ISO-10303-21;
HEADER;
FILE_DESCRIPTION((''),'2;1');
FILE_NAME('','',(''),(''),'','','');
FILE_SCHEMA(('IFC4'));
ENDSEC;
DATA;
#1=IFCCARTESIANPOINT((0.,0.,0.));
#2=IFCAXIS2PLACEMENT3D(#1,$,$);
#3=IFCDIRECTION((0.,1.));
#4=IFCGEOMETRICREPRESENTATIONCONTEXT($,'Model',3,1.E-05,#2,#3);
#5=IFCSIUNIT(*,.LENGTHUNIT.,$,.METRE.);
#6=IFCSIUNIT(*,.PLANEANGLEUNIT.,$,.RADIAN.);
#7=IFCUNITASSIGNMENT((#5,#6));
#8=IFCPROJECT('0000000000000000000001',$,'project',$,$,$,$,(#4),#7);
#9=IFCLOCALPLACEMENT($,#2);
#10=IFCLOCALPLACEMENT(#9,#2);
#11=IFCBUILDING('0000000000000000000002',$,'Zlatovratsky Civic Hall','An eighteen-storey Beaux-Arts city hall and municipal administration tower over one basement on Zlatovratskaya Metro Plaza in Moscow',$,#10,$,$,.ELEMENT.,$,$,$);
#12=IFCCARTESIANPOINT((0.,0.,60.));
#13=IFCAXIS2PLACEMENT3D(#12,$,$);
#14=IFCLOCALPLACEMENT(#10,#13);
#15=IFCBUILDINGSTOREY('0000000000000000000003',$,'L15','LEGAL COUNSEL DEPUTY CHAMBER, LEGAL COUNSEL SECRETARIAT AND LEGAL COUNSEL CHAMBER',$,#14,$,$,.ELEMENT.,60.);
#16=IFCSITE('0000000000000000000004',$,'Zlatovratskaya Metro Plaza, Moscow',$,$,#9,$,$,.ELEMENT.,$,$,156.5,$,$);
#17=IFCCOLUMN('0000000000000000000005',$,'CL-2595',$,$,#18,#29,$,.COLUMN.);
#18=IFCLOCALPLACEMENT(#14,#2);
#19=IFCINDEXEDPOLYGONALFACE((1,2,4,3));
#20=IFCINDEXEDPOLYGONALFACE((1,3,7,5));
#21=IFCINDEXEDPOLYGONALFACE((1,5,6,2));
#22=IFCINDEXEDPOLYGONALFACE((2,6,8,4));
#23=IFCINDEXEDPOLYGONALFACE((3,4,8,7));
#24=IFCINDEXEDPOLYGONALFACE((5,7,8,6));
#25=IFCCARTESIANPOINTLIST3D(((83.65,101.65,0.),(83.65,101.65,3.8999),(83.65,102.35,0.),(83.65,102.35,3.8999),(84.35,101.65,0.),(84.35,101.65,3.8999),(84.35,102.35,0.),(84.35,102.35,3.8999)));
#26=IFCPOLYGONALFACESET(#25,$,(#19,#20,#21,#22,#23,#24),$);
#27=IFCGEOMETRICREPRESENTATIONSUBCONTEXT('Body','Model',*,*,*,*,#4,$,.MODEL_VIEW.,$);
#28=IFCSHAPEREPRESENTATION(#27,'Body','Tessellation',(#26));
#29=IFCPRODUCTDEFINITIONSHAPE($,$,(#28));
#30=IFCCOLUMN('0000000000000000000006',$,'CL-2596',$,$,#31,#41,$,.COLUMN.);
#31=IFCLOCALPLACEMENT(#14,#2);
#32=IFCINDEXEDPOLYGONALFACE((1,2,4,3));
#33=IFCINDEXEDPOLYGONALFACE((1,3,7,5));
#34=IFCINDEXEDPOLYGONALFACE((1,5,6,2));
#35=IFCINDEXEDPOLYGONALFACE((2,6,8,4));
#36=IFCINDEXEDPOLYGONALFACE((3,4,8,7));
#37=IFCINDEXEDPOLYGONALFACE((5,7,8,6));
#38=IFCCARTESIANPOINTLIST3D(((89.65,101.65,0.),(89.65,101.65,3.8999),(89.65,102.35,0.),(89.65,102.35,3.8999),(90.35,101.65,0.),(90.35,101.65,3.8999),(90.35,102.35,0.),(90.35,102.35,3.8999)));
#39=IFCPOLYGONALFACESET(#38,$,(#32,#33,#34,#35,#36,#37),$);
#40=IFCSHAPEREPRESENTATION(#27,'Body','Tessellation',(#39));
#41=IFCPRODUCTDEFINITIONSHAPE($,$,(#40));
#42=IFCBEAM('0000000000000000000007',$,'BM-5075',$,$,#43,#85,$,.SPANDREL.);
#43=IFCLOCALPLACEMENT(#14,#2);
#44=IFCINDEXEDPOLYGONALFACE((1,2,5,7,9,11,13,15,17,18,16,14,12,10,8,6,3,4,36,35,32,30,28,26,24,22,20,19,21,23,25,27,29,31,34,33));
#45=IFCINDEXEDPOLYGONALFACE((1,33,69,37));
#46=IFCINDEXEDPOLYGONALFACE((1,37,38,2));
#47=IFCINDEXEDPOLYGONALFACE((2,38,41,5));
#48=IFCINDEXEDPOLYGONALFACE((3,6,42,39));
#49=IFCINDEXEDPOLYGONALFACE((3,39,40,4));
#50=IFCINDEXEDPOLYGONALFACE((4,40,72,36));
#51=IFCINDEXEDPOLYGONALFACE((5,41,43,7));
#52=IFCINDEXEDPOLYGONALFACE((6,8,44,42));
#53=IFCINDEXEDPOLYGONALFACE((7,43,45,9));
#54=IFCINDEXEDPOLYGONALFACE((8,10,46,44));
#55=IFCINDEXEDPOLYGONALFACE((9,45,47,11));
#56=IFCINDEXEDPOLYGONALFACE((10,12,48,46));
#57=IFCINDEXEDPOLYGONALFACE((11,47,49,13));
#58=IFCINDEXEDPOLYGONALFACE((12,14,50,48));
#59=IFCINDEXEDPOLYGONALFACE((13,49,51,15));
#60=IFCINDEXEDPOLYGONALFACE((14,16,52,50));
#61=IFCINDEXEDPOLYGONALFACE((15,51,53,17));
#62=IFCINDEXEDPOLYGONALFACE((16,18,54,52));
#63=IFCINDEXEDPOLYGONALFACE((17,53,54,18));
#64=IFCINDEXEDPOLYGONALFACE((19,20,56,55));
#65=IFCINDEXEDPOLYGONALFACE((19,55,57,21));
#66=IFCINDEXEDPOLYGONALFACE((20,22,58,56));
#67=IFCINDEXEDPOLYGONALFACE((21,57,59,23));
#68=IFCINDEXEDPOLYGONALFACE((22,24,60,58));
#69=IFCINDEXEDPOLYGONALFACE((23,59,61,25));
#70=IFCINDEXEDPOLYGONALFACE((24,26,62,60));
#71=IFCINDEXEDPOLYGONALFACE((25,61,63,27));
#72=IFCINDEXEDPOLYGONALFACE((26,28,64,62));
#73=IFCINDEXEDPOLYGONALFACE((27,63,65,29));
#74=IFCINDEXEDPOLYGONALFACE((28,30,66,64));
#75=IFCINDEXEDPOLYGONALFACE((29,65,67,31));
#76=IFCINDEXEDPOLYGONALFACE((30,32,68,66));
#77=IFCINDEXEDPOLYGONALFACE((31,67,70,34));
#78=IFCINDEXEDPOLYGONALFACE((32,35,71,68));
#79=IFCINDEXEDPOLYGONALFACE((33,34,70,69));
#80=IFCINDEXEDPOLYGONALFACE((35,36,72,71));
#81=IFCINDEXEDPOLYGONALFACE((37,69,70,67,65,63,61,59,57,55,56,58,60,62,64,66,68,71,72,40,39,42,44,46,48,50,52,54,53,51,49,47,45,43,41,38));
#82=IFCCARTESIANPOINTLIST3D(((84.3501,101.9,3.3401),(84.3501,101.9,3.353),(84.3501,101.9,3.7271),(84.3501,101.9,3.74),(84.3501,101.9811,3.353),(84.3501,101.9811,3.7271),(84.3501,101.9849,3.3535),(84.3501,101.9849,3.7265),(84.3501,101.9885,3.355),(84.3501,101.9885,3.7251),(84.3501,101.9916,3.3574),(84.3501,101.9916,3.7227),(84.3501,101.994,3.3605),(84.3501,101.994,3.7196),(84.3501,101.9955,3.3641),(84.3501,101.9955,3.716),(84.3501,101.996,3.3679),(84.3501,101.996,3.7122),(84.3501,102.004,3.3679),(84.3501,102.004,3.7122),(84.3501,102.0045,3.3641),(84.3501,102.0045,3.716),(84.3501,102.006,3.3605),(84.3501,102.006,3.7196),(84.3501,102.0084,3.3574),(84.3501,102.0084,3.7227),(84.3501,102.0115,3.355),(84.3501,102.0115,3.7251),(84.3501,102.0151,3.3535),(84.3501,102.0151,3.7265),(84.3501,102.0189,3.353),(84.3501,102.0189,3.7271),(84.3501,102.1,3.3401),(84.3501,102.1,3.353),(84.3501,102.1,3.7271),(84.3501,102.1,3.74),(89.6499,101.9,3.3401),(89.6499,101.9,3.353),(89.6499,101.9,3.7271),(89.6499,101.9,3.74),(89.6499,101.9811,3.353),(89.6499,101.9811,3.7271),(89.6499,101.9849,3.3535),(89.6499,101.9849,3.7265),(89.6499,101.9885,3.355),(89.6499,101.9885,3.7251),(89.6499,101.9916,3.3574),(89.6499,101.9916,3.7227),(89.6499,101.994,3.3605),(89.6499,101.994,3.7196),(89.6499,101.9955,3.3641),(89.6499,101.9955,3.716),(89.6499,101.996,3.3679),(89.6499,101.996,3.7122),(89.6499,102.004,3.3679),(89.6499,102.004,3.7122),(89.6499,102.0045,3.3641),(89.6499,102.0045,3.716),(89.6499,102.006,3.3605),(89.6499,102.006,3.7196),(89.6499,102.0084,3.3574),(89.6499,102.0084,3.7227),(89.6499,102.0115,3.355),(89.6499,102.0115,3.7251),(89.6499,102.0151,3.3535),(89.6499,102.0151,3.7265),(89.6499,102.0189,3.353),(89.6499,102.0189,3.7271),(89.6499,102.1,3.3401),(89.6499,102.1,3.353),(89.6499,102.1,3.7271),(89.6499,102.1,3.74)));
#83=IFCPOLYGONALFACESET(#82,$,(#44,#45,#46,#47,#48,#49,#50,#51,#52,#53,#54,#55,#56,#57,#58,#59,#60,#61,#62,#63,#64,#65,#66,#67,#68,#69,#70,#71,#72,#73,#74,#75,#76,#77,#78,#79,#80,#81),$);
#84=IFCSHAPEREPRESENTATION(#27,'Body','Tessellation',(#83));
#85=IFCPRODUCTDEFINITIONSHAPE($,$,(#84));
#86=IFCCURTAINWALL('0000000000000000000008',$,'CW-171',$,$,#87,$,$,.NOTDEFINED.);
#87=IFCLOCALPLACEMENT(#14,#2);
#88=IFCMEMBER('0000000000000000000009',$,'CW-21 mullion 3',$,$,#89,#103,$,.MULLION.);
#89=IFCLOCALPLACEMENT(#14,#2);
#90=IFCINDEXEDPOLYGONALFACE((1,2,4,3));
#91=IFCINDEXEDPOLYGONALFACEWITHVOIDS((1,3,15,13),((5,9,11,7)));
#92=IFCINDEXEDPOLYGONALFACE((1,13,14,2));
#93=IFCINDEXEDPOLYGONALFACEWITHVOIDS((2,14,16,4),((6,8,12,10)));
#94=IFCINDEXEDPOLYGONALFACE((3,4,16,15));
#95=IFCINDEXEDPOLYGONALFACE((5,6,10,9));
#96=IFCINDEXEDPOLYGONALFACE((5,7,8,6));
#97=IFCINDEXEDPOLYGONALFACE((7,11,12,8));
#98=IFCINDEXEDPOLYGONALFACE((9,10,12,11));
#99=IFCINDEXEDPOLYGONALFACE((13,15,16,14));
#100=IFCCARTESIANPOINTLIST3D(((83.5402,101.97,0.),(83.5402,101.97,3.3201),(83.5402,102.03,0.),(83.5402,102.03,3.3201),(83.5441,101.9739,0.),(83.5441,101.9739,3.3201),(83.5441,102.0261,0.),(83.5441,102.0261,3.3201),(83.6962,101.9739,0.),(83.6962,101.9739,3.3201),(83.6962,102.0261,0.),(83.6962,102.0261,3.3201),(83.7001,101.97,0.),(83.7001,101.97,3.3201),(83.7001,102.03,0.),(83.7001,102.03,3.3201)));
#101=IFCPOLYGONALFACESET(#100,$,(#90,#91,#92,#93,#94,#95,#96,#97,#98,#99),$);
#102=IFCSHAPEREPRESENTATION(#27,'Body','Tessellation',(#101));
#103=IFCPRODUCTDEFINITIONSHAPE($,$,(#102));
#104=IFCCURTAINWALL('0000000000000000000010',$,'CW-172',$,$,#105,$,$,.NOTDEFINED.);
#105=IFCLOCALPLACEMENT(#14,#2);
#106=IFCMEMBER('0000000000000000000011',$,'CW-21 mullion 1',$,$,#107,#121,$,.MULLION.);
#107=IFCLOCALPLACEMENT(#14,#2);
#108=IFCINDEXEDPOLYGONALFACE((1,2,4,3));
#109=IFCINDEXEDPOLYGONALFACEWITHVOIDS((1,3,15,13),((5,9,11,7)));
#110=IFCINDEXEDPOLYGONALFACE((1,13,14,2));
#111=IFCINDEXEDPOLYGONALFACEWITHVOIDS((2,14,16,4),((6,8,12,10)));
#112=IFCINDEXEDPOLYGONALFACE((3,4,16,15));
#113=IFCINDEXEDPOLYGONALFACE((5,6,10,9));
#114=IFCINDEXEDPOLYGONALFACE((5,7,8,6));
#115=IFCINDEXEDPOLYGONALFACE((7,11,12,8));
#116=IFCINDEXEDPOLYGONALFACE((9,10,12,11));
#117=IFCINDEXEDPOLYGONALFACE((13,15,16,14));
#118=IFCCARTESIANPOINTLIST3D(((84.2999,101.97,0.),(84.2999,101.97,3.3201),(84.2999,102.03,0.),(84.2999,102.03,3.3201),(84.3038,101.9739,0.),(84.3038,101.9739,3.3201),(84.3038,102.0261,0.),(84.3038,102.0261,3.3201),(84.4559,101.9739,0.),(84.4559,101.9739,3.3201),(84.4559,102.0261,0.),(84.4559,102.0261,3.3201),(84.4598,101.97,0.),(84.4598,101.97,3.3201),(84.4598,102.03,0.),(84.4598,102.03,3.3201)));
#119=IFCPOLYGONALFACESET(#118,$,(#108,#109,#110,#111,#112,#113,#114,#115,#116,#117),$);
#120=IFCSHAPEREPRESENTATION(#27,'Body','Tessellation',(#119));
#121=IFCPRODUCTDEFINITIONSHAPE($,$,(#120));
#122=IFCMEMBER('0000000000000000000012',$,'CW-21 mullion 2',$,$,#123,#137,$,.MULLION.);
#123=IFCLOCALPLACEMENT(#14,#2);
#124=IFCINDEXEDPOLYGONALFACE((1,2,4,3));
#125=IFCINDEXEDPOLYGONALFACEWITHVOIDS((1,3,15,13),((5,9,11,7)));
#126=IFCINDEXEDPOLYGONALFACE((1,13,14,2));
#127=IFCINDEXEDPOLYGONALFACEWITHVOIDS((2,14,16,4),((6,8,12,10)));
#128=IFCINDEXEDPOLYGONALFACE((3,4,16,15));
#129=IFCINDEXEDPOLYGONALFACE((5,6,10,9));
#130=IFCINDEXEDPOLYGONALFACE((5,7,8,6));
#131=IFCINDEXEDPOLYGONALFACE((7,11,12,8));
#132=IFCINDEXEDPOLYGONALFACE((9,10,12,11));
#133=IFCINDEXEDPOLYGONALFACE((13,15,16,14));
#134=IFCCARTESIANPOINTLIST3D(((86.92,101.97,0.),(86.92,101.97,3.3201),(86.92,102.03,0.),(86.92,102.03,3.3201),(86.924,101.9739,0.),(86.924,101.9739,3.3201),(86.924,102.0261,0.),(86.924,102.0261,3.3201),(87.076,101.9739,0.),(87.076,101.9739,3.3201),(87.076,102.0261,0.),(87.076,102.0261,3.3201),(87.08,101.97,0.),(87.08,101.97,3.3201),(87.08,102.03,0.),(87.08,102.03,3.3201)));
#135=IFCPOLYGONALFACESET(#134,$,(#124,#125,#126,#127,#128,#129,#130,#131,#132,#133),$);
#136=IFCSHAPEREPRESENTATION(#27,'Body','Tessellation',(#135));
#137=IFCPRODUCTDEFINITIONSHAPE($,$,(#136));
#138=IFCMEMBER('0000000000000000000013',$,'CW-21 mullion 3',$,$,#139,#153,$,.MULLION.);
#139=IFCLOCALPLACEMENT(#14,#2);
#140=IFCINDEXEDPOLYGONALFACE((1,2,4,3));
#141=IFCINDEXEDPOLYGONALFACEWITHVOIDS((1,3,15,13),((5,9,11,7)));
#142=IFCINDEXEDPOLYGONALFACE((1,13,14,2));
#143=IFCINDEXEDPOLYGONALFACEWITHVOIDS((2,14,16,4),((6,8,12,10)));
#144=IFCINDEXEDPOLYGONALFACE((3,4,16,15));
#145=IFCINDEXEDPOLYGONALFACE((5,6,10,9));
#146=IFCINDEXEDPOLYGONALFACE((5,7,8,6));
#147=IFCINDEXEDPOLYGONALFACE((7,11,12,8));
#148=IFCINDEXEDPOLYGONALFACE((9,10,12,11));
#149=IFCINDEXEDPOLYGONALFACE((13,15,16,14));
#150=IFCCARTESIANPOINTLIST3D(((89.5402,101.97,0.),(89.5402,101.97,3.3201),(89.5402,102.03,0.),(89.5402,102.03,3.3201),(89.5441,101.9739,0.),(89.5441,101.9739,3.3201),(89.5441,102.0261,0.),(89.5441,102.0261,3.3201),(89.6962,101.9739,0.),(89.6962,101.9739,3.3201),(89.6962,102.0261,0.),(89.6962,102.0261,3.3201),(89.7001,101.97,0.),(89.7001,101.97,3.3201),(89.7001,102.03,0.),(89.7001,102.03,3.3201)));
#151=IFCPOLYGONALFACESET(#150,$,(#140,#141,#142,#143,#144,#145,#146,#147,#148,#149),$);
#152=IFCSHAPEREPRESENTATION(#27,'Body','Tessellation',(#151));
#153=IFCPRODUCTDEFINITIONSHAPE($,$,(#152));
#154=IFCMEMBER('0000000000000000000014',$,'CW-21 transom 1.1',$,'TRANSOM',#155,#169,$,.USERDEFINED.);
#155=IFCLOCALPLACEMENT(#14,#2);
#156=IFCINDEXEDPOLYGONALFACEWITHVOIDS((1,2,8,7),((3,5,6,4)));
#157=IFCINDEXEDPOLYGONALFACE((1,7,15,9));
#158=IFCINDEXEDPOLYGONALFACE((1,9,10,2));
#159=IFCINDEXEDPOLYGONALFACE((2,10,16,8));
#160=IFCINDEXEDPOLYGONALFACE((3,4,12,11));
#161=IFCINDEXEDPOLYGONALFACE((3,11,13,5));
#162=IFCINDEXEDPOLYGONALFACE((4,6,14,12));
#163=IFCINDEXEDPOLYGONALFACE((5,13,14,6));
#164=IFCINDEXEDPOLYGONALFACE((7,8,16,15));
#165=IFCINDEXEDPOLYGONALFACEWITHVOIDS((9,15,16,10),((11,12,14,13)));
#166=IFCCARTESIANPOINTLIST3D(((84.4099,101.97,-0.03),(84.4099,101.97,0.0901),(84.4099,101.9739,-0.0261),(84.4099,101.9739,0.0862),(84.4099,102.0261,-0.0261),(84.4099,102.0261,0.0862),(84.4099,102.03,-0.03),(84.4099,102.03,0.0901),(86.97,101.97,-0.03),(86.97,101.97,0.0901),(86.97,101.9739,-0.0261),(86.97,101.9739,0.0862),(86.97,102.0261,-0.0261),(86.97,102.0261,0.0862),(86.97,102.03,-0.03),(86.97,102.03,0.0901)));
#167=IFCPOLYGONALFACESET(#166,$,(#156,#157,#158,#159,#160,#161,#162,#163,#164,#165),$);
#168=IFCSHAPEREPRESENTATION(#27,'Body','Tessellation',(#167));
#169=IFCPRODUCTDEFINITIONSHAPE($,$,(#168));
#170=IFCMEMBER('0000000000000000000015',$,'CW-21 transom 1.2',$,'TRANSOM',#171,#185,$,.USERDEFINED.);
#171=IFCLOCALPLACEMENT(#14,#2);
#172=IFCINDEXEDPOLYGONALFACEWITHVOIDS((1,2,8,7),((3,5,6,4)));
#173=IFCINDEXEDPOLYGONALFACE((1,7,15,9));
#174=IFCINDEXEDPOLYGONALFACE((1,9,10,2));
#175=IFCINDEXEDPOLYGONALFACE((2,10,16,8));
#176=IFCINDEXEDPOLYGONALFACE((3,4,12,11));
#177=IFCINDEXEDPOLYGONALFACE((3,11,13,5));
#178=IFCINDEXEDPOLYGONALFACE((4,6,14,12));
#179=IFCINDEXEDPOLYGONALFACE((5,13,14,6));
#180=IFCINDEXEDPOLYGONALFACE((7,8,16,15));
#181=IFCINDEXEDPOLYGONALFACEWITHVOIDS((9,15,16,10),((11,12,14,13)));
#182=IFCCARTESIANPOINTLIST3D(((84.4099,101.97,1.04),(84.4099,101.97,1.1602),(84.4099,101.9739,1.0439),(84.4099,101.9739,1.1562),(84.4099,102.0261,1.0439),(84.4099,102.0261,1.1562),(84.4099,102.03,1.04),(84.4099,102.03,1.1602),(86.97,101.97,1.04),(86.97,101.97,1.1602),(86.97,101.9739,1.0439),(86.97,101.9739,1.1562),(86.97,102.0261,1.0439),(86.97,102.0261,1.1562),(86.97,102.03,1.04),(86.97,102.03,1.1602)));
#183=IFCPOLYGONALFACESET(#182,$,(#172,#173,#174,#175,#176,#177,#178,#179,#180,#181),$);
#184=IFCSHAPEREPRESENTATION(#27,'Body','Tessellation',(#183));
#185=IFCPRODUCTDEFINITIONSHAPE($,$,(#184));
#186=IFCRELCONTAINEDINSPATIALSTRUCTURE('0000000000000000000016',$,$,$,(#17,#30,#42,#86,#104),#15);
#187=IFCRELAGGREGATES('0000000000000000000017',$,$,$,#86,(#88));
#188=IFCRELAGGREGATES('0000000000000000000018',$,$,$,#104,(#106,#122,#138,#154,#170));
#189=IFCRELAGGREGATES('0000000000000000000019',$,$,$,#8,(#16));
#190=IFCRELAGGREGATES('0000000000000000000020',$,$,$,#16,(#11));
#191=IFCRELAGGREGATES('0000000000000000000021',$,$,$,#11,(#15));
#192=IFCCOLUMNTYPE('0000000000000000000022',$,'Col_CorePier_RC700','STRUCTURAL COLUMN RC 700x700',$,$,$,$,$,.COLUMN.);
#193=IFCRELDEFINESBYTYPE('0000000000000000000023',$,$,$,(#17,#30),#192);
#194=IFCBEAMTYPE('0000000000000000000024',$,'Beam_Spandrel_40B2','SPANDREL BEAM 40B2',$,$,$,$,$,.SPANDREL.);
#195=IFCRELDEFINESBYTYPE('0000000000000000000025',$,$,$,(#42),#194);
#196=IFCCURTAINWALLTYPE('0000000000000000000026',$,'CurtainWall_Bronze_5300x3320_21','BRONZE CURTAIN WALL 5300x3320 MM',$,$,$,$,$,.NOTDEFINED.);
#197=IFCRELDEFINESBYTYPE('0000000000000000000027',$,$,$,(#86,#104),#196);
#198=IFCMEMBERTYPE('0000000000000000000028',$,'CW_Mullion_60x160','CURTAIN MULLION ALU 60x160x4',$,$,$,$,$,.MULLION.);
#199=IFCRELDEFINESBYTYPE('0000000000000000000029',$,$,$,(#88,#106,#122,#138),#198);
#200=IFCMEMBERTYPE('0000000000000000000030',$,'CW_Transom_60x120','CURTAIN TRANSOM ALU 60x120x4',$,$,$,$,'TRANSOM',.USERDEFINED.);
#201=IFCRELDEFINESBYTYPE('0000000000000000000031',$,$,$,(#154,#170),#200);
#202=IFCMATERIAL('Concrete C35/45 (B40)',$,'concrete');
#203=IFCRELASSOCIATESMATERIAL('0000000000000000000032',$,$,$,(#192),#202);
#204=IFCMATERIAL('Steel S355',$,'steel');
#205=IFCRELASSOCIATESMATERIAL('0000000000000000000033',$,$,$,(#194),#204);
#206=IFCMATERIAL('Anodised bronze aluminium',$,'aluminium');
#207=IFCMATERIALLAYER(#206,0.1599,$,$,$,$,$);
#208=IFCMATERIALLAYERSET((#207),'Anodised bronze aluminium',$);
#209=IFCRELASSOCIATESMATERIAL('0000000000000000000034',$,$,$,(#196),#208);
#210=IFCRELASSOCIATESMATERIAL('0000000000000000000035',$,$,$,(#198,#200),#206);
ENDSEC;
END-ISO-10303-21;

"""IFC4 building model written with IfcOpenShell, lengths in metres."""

from ifc_helpers import new_model, si_unit, direction, frame, origin, origin_2d, place, context, subcontext, project, spatial, rectangle, hollow_rectangle, i_section, extrude, material, layer, layer_set, material_profile, profile_set, type_object, element, aggregate, save


model = new_model("IFC4")

# Units and contexts
model_context = context("Model", 3, precision=1e-05, world=origin(), true_north=direction((0.0, 1.0)))
body_context = subcontext(model_context, "Body", "Model", "MODEL_VIEW")
ifc_project = project(units=[si_unit("LENGTHUNIT", "METRE"), si_unit("PLANEANGLEUNIT", "RADIAN")], contexts=[model_context])

# Site, building, storey
site_placement = place(None, origin())
site = spatial("IfcSite", under=ifc_project, at=site_placement, Name="Zlatovratskaya Metro Plaza, Moscow", CompositionType="ELEMENT", RefElevation=156.5)
building_placement = place(site_placement, origin())
building = spatial("IfcBuilding", under=site, at=building_placement, Name="Zlatovratsky Civic Hall", Description="An eighteen-storey Beaux-Arts city hall and municipal administration tower over one basement on Zlatovratskaya Metro Plaza in Moscow", CompositionType="ELEMENT")
storey_placement = place(building_placement, frame((0.0, 0.0, 60.0)))
storey = spatial("IfcBuildingStorey", under=building, at=storey_placement, Name="L15", Description="LEGAL COUNSEL DEPUTY CHAMBER, LEGAL COUNSEL SECRETARIAT AND LEGAL COUNSEL CHAMBER", CompositionType="ELEMENT", Elevation=60.0)

# Columns
ifc_material_1 = material(Name="Concrete C35/45 (B40)", Category="concrete")
ifc_material_profile_1 = material_profile(ifc_material_1, rectangle(XDim=0.7, YDim=0.7, at=origin_2d()), Name="RC 700x700")
ifc_profile_set_1 = profile_set([ifc_material_profile_1], Name="Concrete C35/45 (B40)")
column_type = type_object("IfcColumnType", Name="Col_CorePier_RC700", Description="STRUCTURAL COLUMN RC 700x700", PredefinedType="COLUMN", material=ifc_profile_set_1)
for number, where, z_axis, x_axis, name in (
    (1, (84.0, 102.0, 0.0), (0.0, 0.0, 1.0), (1.0, 0.0, 0.0), "CL-2595"),
    (2, (90.0, 102.0, 0.0), (0.0, 0.0, 1.0), (1.0, 0.0, 0.0), "CL-2596"),
):
    element("IfcColumn", number, at=place(storey_placement, frame(where, z_axis=z_axis, x_axis=x_axis)), inside=storey, type_object=column_type, Name=name, PredefinedType="COLUMN", context=body_context, shape_type="SweptSolid", body=[
        extrude(rectangle(XDim=0.7, YDim=0.7, at=origin_2d()), origin(), (0.0, 0.0, 1.0), 3.8999),
    ])

# Beam
ifc_material_2 = material(Name="Steel S355", Category="steel")
ifc_material_profile_2 = material_profile(ifc_material_2, i_section(OverallWidth=0.2, OverallDepth=0.3999, WebThickness=0.0081, FlangeThickness=0.0129, FilletRadius=0.0149, at=origin_2d()), Name="40B2")
ifc_profile_set_2 = profile_set([ifc_material_profile_2], Name="Steel S355")
beam_type = type_object("IfcBeamType", Name="Beam_Spandrel_40B2", Description="SPANDREL BEAM 40B2", PredefinedType="SPANDREL", material=ifc_profile_set_2)
beam_placement = place(storey_placement, frame((84.3501, 102.0, 3.54), z_axis=(1.0, 0.0, 0.0), x_axis=(0.0, 1.0, 0.0)))
element("IfcBeam", 3, at=beam_placement, inside=storey, type_object=beam_type, Name="BM-5075", PredefinedType="SPANDREL", context=body_context, shape_type="SweptSolid", body=[
    extrude(i_section(OverallWidth=0.2, OverallDepth=0.3999, WebThickness=0.0081, FlangeThickness=0.0129, FilletRadius=0.0149, at=origin_2d()), origin(), (0.0, 0.0, 1.0), 5.2998),
])

# Curtain wall, member
ifc_material_3 = material(Name="Anodised bronze aluminium", Category="aluminium")
ifc_layer_1 = layer(ifc_material_3, 0.1599)
ifc_layer_set_1 = layer_set([ifc_layer_1], Name="Anodised bronze aluminium")
curtain_wall_type = type_object("IfcCurtainWallType", Name="CurtainWall_Bronze_5300x3320_21", Description="BRONZE CURTAIN WALL 5300x3320 MM", PredefinedType="NOTDEFINED", material=ifc_layer_set_1)
curtain_wall_1_placement = place(storey_placement, origin())
curtain_wall_1 = element("IfcCurtainWall", 4, at=curtain_wall_1_placement, inside=storey, type_object=curtain_wall_type, Name="CW-171", PredefinedType="NOTDEFINED")
ifc_material_profile_3 = material_profile(ifc_material_3, hollow_rectangle(XDim=0.0601, YDim=0.1599, WallThickness=0.0039, at=origin_2d()), Name="ALU 60x160x4")
ifc_profile_set_3 = profile_set([ifc_material_profile_3], Name="Anodised bronze aluminium")
member_type_1 = type_object("IfcMemberType", Name="CW_Mullion_60x160", Description="CURTAIN MULLION ALU 60x160x4", PredefinedType="MULLION", material=ifc_profile_set_3)
member_1_placement = place(storey_placement, frame((83.6201, 102.0, 0.0), z_axis=(0.0, 0.0, 1.0), x_axis=(0.0, 1.0, 0.0)))
member_1 = element("IfcMember", 5, at=member_1_placement, type_object=member_type_1, Name="CW-21 mullion 3", PredefinedType="MULLION", context=body_context, shape_type="SweptSolid", body=[
    extrude(hollow_rectangle(XDim=0.0601, YDim=0.1599, WallThickness=0.0039, at=origin_2d()), origin(), (0.0, 0.0, 1.0), 3.3201),
])

# Curtain wall, members
curtain_wall_2_placement = place(storey_placement, origin())
curtain_wall_2 = element("IfcCurtainWall", 6, at=curtain_wall_2_placement, inside=storey, type_object=curtain_wall_type, Name="CW-172", PredefinedType="NOTDEFINED")
member_2_placement = place(storey_placement, frame((84.3799, 102.0, 0.0), z_axis=(0.0, 0.0, 1.0), x_axis=(0.0, 1.0, 0.0)))
member_2 = element("IfcMember", 7, at=member_2_placement, type_object=member_type_1, Name="CW-21 mullion 1", PredefinedType="MULLION", context=body_context, shape_type="SweptSolid", body=[
    extrude(hollow_rectangle(XDim=0.0601, YDim=0.1599, WallThickness=0.0039, at=origin_2d()), origin(), (0.0, 0.0, 1.0), 3.3201),
])
member_3_placement = place(storey_placement, frame((87.0, 102.0, 0.0), z_axis=(0.0, 0.0, 1.0), x_axis=(0.0, 1.0, 0.0)))
member_3 = element("IfcMember", 8, at=member_3_placement, type_object=member_type_1, Name="CW-21 mullion 2", PredefinedType="MULLION", context=body_context, shape_type="SweptSolid", body=[
    extrude(hollow_rectangle(XDim=0.0601, YDim=0.1599, WallThickness=0.0039, at=origin_2d()), origin(), (0.0, 0.0, 1.0), 3.3201),
])
member_4_placement = place(storey_placement, frame((89.6201, 102.0, 0.0), z_axis=(0.0, 0.0, 1.0), x_axis=(0.0, 1.0, 0.0)))
member_4 = element("IfcMember", 9, at=member_4_placement, type_object=member_type_1, Name="CW-21 mullion 3", PredefinedType="MULLION", context=body_context, shape_type="SweptSolid", body=[
    extrude(hollow_rectangle(XDim=0.0601, YDim=0.1599, WallThickness=0.0039, at=origin_2d()), origin(), (0.0, 0.0, 1.0), 3.3201),
])
ifc_material_profile_4 = material_profile(ifc_material_3, hollow_rectangle(XDim=0.0601, YDim=0.1201, WallThickness=0.0039, at=origin_2d()), Name="ALU 60x120x4")
ifc_profile_set_4 = profile_set([ifc_material_profile_4], Name="Anodised bronze aluminium")
member_type_2 = type_object("IfcMemberType", Name="CW_Transom_60x120", Description="CURTAIN TRANSOM ALU 60x120x4", ElementType="TRANSOM", PredefinedType="USERDEFINED", material=ifc_profile_set_4)
member_5_placement = place(storey_placement, frame((84.4099, 102.0, 0.03), z_axis=(1.0, 0.0, 0.0), x_axis=(0.0, 1.0, 0.0)))
member_5 = element("IfcMember", 10, at=member_5_placement, type_object=member_type_2, Name="CW-21 transom 1.1", ObjectType="TRANSOM", PredefinedType="USERDEFINED", context=body_context, shape_type="SweptSolid", body=[
    extrude(hollow_rectangle(XDim=0.0601, YDim=0.1201, WallThickness=0.0039, at=origin_2d()), origin(), (0.0, 0.0, 1.0), 2.5601),
])
member_6_placement = place(storey_placement, frame((84.4099, 102.0, 1.1001), z_axis=(1.0, 0.0, 0.0), x_axis=(0.0, 1.0, 0.0)))
member_6 = element("IfcMember", 11, at=member_6_placement, type_object=member_type_2, Name="CW-21 transom 1.2", ObjectType="TRANSOM", PredefinedType="USERDEFINED", context=body_context, shape_type="SweptSolid", body=[
    extrude(hollow_rectangle(XDim=0.0601, YDim=0.1201, WallThickness=0.0039, at=origin_2d()), origin(), (0.0, 0.0, 1.0), 2.5601),
])

aggregate(curtain_wall_1, [member_1])
aggregate(curtain_wall_2, [member_2, member_3, member_4, member_5, member_6])

save(model, "model.ifc")
